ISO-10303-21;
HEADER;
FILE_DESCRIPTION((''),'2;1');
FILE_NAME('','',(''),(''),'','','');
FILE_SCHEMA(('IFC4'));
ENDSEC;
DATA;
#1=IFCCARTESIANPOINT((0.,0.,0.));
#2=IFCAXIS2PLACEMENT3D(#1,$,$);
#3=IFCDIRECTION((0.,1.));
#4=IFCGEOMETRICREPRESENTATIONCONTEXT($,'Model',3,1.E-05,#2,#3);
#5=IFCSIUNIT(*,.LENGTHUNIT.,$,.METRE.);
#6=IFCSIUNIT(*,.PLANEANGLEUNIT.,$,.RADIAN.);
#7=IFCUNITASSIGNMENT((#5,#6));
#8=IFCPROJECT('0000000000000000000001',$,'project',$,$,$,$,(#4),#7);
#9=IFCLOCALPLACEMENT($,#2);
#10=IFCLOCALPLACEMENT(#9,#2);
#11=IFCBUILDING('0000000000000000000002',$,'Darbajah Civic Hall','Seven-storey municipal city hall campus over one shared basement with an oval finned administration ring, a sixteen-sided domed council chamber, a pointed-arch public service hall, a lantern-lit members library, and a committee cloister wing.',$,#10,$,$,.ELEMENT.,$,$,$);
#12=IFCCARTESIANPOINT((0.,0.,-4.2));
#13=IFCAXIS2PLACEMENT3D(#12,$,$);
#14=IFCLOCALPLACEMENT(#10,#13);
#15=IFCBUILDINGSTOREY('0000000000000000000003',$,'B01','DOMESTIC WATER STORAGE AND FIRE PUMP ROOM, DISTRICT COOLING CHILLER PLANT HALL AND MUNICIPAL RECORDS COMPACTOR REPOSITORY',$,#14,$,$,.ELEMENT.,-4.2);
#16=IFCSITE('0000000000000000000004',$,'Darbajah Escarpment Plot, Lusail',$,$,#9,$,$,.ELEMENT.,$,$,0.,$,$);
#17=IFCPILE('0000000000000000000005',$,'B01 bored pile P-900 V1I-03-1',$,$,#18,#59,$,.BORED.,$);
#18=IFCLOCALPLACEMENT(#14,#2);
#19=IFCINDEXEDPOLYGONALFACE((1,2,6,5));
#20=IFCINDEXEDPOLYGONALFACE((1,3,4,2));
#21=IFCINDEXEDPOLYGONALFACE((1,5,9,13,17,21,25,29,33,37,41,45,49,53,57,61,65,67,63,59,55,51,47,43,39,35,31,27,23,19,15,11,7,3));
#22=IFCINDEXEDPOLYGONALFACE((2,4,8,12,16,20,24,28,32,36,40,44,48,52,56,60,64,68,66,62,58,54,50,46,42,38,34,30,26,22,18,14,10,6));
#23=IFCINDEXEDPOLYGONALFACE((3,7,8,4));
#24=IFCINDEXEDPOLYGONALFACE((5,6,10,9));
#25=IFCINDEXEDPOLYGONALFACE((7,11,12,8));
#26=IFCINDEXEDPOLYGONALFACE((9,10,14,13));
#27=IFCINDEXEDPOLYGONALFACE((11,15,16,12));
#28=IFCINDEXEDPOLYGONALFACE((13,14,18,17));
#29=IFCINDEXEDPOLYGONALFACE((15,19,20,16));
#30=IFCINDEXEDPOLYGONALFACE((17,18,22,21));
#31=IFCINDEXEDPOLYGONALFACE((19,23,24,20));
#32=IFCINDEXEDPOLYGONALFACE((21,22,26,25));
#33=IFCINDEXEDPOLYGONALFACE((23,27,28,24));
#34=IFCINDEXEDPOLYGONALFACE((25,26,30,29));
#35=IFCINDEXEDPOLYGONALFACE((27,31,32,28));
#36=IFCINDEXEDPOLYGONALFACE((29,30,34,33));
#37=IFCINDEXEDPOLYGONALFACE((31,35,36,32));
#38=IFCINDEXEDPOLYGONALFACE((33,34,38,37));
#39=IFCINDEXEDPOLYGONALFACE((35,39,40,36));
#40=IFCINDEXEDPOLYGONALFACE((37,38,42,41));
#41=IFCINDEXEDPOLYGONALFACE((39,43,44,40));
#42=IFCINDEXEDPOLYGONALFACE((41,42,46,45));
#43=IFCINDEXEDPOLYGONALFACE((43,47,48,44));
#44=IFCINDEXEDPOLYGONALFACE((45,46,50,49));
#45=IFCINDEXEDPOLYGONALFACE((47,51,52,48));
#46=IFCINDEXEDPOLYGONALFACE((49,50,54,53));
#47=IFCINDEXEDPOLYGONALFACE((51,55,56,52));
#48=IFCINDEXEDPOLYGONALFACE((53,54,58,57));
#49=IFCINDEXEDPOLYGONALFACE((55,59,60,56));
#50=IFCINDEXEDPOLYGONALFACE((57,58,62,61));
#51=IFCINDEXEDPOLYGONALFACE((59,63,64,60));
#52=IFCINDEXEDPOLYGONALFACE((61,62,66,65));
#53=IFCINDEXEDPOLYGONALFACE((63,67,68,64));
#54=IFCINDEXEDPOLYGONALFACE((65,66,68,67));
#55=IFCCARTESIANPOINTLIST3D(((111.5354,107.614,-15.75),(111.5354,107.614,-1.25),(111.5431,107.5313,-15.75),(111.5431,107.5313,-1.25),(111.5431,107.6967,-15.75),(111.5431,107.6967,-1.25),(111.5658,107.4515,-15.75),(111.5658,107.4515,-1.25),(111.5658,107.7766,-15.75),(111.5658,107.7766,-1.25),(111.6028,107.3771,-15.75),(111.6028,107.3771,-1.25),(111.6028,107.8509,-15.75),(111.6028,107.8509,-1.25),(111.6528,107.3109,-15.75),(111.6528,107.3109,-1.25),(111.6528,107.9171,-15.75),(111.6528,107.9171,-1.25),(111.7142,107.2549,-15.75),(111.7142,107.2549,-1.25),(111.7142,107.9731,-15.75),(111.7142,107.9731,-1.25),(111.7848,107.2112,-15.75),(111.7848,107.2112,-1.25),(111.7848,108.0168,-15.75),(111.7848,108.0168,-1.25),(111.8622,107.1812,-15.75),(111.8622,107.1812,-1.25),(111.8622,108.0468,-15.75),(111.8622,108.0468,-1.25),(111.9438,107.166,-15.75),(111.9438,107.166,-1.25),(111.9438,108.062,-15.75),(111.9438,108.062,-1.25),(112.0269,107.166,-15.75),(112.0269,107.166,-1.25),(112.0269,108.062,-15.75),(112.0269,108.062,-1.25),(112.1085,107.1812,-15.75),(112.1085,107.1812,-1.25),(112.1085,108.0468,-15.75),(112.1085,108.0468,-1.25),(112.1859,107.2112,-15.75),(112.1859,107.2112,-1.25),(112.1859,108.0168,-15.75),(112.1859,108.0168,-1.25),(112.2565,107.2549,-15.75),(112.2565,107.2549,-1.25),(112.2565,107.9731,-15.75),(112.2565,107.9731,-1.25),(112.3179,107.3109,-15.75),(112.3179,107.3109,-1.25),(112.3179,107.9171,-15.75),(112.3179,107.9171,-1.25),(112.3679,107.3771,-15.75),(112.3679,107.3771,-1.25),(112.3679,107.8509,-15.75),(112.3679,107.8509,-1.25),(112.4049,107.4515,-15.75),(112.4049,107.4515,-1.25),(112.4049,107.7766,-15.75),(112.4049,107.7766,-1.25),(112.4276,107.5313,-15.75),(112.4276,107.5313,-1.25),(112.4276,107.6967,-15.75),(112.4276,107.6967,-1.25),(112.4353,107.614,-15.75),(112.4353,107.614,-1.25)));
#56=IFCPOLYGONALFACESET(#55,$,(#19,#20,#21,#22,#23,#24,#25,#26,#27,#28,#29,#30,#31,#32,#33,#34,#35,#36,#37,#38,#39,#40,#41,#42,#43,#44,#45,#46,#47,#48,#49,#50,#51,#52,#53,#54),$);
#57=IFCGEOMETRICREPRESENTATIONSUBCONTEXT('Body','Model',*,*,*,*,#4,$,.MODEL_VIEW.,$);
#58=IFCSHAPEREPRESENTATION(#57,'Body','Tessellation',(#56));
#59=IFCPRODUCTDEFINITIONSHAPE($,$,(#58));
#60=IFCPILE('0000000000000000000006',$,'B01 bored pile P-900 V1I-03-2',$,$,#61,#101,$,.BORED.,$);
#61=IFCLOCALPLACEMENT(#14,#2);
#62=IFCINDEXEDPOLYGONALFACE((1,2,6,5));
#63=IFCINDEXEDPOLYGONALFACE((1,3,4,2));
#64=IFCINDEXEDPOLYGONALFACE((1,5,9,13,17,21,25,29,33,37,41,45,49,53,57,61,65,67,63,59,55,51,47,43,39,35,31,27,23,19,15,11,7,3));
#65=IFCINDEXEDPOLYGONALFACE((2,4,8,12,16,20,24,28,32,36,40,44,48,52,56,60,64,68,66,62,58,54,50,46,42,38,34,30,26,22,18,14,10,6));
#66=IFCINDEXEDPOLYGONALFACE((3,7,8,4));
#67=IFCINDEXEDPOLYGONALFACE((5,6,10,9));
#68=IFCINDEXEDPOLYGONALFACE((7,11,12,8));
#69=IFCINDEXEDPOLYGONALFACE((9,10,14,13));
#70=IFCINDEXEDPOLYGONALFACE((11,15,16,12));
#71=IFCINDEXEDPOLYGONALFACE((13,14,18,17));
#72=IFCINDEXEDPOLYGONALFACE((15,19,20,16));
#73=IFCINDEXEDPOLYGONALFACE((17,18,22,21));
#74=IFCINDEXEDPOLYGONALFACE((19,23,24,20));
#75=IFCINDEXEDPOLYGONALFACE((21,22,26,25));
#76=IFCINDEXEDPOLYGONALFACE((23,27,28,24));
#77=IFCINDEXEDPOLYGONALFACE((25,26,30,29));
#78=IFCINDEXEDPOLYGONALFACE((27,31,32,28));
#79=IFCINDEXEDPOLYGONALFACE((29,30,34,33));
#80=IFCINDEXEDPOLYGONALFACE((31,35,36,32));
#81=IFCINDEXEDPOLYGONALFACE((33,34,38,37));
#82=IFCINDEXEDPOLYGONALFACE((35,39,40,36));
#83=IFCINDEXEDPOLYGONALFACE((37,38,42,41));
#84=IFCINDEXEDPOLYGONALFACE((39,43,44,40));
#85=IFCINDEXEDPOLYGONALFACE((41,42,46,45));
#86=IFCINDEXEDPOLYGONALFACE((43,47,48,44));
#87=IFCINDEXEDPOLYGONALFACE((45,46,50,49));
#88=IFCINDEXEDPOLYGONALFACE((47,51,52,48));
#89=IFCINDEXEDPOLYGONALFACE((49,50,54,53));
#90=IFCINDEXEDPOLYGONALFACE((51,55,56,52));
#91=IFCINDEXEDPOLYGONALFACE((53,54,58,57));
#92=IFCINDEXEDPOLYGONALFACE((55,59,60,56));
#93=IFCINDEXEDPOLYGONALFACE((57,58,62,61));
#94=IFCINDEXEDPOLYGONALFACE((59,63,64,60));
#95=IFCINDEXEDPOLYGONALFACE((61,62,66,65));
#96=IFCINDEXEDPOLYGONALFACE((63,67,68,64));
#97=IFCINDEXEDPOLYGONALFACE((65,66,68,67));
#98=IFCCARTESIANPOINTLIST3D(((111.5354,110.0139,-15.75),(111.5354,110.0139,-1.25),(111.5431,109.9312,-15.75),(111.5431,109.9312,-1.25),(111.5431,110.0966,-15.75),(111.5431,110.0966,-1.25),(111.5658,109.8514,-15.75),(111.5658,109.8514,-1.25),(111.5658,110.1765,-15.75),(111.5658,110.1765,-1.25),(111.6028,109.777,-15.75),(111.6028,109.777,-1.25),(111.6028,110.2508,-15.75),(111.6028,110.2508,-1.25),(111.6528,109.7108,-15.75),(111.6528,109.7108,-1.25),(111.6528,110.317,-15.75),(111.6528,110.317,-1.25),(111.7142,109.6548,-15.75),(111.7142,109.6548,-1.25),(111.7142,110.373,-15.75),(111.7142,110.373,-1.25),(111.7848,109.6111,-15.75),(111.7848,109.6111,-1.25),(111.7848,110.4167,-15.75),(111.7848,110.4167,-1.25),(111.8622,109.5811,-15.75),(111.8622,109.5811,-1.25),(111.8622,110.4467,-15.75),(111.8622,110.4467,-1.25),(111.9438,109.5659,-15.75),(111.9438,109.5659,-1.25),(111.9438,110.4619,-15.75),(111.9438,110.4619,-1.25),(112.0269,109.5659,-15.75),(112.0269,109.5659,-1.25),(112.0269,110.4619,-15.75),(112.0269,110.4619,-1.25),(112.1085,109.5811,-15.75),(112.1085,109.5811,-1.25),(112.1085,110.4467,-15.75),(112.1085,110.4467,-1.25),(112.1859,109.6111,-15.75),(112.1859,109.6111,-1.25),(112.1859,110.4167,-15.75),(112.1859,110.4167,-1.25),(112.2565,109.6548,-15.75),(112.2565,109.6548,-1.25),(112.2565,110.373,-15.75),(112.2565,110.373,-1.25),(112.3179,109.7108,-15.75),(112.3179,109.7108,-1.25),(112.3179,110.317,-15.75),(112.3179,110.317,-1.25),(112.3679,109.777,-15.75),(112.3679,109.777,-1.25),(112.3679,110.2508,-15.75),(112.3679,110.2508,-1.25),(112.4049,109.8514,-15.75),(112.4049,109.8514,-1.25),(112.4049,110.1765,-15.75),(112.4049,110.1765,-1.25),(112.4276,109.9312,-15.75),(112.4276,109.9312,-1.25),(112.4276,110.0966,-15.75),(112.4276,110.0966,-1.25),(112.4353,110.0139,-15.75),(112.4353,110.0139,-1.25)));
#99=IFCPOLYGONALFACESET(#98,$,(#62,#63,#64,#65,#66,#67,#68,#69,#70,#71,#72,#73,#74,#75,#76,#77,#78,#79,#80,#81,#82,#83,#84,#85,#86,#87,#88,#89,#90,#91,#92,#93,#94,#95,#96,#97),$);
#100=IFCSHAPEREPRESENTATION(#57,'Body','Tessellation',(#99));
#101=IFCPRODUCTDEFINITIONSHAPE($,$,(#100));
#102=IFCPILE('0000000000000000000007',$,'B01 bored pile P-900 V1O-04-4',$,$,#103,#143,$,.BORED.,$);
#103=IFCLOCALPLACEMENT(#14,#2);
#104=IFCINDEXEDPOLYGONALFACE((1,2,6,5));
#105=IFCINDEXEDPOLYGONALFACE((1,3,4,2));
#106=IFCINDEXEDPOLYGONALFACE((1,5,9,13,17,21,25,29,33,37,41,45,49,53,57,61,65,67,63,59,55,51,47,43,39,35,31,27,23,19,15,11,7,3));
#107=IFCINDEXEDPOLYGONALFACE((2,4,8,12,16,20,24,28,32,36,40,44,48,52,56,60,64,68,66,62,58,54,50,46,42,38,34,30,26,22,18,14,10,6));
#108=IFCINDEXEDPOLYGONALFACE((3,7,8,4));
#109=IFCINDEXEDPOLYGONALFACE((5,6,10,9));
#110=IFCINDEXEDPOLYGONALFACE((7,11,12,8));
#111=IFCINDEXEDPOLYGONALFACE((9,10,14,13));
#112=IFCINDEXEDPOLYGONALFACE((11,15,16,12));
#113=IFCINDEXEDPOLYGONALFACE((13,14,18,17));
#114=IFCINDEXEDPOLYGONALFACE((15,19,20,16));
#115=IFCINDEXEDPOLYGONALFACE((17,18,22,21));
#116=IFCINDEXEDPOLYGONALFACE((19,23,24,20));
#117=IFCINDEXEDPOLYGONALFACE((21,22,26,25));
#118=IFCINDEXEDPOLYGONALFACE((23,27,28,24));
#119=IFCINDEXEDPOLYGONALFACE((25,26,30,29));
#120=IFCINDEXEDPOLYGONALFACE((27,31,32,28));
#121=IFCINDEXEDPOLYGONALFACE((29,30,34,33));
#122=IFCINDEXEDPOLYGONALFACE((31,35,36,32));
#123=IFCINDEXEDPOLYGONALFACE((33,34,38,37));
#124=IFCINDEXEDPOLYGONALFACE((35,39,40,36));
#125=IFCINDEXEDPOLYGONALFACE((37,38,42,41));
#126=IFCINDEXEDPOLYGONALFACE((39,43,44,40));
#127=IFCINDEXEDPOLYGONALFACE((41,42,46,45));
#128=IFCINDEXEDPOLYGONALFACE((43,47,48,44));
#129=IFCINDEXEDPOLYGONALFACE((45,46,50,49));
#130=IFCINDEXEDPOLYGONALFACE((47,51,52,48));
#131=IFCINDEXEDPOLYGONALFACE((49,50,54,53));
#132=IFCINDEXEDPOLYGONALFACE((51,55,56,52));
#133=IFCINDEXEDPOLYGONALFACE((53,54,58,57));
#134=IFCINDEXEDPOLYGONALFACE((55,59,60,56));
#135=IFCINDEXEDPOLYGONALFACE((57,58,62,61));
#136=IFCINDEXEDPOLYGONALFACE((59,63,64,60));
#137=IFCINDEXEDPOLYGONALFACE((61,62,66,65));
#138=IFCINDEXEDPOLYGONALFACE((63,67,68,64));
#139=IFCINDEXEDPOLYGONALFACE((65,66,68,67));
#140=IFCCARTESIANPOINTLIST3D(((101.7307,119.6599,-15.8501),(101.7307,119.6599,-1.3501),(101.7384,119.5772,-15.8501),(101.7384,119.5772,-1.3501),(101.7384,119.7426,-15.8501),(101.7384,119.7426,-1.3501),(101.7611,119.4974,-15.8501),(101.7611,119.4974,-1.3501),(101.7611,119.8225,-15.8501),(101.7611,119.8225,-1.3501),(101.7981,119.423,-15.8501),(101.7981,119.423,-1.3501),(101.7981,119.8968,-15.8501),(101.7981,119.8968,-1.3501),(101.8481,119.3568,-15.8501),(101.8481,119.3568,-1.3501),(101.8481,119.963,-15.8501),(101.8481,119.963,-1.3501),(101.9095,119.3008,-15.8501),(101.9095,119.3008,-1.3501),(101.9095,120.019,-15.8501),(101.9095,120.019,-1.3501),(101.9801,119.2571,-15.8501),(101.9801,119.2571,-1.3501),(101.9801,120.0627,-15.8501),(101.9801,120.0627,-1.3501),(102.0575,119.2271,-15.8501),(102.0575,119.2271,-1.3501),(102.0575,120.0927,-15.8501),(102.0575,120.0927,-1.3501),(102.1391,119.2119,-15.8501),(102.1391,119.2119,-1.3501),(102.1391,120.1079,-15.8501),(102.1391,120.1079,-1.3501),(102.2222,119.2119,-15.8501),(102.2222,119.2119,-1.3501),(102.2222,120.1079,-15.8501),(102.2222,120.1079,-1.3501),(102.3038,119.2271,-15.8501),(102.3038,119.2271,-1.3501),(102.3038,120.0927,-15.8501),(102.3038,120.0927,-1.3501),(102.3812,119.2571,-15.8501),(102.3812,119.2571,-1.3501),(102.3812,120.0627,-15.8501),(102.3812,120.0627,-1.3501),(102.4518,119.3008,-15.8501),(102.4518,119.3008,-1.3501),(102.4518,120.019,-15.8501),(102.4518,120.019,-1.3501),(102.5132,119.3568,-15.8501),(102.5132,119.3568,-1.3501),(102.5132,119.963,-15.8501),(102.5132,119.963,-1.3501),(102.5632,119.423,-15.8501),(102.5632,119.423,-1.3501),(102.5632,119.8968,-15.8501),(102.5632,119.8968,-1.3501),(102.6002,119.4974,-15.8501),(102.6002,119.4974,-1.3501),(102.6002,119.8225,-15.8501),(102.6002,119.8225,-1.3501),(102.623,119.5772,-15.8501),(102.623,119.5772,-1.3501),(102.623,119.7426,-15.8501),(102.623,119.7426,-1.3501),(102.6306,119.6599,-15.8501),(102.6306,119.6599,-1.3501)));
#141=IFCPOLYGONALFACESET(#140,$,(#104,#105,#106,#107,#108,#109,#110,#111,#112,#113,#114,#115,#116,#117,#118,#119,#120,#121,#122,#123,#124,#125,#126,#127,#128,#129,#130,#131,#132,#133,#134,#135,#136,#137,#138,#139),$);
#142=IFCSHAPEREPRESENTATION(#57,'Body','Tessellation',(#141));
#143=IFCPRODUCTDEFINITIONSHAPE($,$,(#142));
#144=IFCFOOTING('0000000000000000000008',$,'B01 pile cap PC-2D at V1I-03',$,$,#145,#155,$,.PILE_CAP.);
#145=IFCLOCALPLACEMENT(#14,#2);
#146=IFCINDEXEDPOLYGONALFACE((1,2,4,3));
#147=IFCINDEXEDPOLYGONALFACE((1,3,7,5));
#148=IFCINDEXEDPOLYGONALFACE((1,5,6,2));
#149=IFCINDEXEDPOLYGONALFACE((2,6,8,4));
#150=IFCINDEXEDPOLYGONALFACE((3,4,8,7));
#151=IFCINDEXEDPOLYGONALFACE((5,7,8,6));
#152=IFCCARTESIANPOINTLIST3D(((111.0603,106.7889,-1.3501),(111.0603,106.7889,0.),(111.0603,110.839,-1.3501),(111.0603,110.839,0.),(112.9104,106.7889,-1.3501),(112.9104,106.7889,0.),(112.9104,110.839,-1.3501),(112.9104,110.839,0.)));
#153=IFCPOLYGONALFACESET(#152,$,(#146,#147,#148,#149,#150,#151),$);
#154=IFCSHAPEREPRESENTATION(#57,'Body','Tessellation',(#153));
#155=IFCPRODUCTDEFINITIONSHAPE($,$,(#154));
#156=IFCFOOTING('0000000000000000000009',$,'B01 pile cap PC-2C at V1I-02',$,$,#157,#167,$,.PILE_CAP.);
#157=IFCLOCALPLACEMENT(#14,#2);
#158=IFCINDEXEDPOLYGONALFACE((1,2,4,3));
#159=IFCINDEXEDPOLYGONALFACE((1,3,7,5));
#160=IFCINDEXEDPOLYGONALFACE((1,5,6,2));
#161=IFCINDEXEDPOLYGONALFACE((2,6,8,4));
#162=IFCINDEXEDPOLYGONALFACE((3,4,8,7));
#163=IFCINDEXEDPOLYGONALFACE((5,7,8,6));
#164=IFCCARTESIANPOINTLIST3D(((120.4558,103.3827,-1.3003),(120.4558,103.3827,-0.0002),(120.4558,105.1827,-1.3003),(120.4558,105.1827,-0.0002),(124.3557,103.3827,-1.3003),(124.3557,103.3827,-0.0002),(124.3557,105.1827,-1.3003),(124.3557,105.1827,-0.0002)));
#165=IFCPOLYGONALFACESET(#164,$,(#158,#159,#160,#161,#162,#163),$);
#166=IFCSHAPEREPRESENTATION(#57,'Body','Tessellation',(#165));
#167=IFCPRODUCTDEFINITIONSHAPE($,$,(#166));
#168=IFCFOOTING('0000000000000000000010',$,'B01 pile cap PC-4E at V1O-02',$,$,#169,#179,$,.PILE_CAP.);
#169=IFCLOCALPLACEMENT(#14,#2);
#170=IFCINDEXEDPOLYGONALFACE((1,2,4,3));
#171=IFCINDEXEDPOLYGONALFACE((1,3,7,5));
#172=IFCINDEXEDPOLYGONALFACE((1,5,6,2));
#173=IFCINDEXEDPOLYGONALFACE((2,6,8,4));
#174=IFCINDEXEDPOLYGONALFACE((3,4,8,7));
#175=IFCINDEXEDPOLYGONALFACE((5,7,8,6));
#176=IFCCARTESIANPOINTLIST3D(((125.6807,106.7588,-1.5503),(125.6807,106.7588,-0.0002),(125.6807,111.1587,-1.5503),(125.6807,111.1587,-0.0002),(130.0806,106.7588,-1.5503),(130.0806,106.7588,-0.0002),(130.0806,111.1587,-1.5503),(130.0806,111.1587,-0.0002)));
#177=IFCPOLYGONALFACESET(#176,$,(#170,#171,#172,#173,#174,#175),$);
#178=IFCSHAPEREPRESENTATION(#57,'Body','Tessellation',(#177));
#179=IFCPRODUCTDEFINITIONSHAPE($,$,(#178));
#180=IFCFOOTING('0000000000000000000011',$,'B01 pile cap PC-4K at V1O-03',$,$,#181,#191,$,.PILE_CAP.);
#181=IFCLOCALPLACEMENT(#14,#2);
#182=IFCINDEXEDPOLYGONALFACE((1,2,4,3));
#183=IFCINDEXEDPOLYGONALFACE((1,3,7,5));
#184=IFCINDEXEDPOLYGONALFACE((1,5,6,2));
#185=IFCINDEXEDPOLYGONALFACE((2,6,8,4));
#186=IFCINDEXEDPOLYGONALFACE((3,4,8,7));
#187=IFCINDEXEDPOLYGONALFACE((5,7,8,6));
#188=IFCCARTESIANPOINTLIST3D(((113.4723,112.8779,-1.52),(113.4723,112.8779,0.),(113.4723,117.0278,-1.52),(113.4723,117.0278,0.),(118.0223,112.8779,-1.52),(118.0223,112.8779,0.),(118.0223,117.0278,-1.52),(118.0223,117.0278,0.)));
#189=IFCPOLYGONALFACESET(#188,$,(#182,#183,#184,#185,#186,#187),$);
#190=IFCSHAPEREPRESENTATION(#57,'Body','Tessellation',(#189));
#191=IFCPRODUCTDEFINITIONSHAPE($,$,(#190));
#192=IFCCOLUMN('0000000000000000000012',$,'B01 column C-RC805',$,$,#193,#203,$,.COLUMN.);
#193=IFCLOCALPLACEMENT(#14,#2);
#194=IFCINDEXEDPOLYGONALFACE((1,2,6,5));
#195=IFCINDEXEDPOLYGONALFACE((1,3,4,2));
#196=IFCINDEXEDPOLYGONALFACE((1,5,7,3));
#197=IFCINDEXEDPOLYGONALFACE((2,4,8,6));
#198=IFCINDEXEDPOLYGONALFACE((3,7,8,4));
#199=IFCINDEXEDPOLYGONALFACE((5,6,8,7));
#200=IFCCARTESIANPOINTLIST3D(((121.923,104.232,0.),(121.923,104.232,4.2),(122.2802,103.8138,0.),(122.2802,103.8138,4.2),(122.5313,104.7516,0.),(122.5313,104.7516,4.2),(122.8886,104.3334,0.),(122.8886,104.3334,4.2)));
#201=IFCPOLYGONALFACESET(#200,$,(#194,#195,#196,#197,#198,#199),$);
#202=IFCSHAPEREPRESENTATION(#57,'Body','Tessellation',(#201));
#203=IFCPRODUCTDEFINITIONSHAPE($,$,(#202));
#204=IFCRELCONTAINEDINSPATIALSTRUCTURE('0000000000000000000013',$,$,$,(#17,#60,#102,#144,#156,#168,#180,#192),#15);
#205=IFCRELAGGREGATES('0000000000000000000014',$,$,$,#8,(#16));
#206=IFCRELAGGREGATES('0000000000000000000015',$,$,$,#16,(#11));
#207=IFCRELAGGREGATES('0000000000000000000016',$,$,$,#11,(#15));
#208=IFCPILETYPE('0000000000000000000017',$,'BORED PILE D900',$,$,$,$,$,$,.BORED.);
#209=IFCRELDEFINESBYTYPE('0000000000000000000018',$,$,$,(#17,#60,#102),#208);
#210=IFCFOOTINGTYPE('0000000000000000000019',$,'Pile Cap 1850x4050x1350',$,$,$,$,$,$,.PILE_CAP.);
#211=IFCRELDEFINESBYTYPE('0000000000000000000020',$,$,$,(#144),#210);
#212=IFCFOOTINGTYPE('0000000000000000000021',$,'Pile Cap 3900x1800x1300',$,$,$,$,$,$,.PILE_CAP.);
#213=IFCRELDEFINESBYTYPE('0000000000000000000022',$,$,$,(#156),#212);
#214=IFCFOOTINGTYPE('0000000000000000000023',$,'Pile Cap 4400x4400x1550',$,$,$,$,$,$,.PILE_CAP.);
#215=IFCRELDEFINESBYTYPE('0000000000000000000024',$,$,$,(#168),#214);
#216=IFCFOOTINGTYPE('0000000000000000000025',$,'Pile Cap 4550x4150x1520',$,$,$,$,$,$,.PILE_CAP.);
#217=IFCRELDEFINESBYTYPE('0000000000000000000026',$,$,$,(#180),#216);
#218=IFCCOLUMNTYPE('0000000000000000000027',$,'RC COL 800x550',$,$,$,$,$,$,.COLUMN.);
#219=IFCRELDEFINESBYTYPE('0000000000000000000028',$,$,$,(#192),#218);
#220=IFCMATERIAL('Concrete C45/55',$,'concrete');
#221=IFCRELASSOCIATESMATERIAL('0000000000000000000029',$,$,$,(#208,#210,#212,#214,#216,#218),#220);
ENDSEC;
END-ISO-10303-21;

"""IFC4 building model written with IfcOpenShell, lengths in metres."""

from ifc_helpers import new_model, si_unit, direction, frame, origin, origin_2d, place, context, subcontext, project, spatial, rectangle, circle, extrude, material, material_profile, profile_set, type_object, element, save


model = new_model("IFC4")

# Units and contexts
model_context = context("Model", 3, precision=1e-05, world=origin(), true_north=direction((0.0, 1.0)))
body_context = subcontext(model_context, "Body", "Model", "MODEL_VIEW")
ifc_project = project(units=[si_unit("LENGTHUNIT", "METRE"), si_unit("PLANEANGLEUNIT", "RADIAN")], contexts=[model_context])

# Site, building, storey
site_placement = place(None, origin())
site = spatial("IfcSite", under=ifc_project, at=site_placement, Name="Darbajah Escarpment Plot, Lusail", CompositionType="ELEMENT", RefElevation=0.0)
building_placement = place(site_placement, origin())
building = spatial("IfcBuilding", under=site, at=building_placement, Name="Darbajah Civic Hall", Description="Seven-storey municipal city hall campus over one shared basement with an oval finned administration ring, a sixteen-sided domed council chamber, a pointed-arch public service hall, a lantern-lit members library, and a committee cloister wing.", CompositionType="ELEMENT")
storey_placement = place(building_placement, frame((0.0, 0.0, -4.2)))
storey = spatial("IfcBuildingStorey", under=building, at=storey_placement, Name="B01", Description="DOMESTIC WATER STORAGE AND FIRE PUMP ROOM, DISTRICT COOLING CHILLER PLANT HALL AND MUNICIPAL RECORDS COMPACTOR REPOSITORY", CompositionType="ELEMENT", Elevation=-4.2)

# Piles
ifc_material_1 = material(Name="Concrete C45/55", Category="concrete")
ifc_material_profile_1 = material_profile(ifc_material_1, circle(Radius=0.45, at=origin_2d()), Name="BORED PILE D900")
ifc_profile_set_1 = profile_set([ifc_material_profile_1], Name="Concrete C45/55")
pile_type_1 = type_object("IfcPileType", Name="BORED PILE D900", PredefinedType="BORED", material=ifc_profile_set_1)
for number, where, z_axis, x_axis, name in (
    (1, (111.9854, 107.614, -1.25), (0.0, 0.0, -1.0), (1.0, 0.0, 0.0), "B01 bored pile P-900 V1I-03-1"),
    (2, (111.9854, 110.0139, -1.25), (0.0, 0.0, -1.0), (1.0, 0.0, 0.0), "B01 bored pile P-900 V1I-03-2"),
    (3, (102.1807, 119.6599, -1.3501), (0.0, 0.0, -1.0), (1.0, 0.0, 0.0), "B01 bored pile P-900 V1O-04-4"),
):
    element("IfcPile", number, at=place(storey_placement, frame(where, z_axis=z_axis, x_axis=x_axis)), inside=storey, type_object=pile_type_1, Name=name, PredefinedType="BORED", context=body_context, shape_type="SweptSolid", body=[
        extrude(circle(Radius=0.45, at=origin_2d()), origin(), (0.0, 0.0, 1.0), 14.5),
    ])

# Footings
footing_type_1 = type_object("IfcFootingType", Name="Pile Cap 1850x4050x1350", PredefinedType="PILE_CAP", material=ifc_material_1)
footing_1_placement = place(storey_placement, frame((111.9854, 108.814, -1.3501), z_axis=(0.0, 0.0, 1.0), x_axis=(1.0, 0.0, 0.0)))
element("IfcFooting", 4, at=footing_1_placement, inside=storey, type_object=footing_type_1, Name="B01 pile cap PC-2D at V1I-03", PredefinedType="PILE_CAP", context=body_context, shape_type="SweptSolid", body=[
    extrude(rectangle(XDim=1.8501, YDim=4.05, at=origin_2d()), origin(), (0.0, 0.0, 1.0), 1.3501),
])
footing_type_2 = type_object("IfcFootingType", Name="Pile Cap 3900x1800x1300", PredefinedType="PILE_CAP", material=ifc_material_1)
footing_2_placement = place(storey_placement, frame((122.4058, 104.2827, -1.3003), z_axis=(0.0, 0.0, 1.0), x_axis=(1.0, 0.0, 0.0)))
element("IfcFooting", 5, at=footing_2_placement, inside=storey, type_object=footing_type_2, Name="B01 pile cap PC-2C at V1I-02", PredefinedType="PILE_CAP", context=body_context, shape_type="SweptSolid", body=[
    extrude(rectangle(XDim=3.8999, YDim=1.8, at=origin_2d()), origin(), (0.0, 0.0, 1.0), 1.3),
])
footing_type_3 = type_object("IfcFootingType", Name="Pile Cap 4400x4400x1550", PredefinedType="PILE_CAP", material=ifc_material_1)
footing_3_placement = place(storey_placement, frame((127.8806, 108.9587, -1.5503), z_axis=(0.0, 0.0, 1.0), x_axis=(1.0, 0.0, 0.0)))
element("IfcFooting", 6, at=footing_3_placement, inside=storey, type_object=footing_type_3, Name="B01 pile cap PC-4E at V1O-02", PredefinedType="PILE_CAP", context=body_context, shape_type="SweptSolid", body=[
    extrude(rectangle(XDim=4.3999, YDim=4.3999, at=origin_2d()), origin(), (0.0, 0.0, 1.0), 1.55),
])
footing_type_4 = type_object("IfcFootingType", Name="Pile Cap 4550x4150x1520", PredefinedType="PILE_CAP", material=ifc_material_1)
footing_4_placement = place(storey_placement, frame((115.7473, 114.9529, -1.52), z_axis=(0.0, 0.0, 1.0), x_axis=(1.0, 0.0, 0.0)))
element("IfcFooting", 7, at=footing_4_placement, inside=storey, type_object=footing_type_4, Name="B01 pile cap PC-4K at V1O-03", PredefinedType="PILE_CAP", context=body_context, shape_type="SweptSolid", body=[
    extrude(rectangle(XDim=4.55, YDim=4.1499, at=origin_2d()), origin(), (0.0, 0.0, 1.0), 1.52),
])

# Column
ifc_material_profile_2 = material_profile(ifc_material_1, rectangle(XDim=0.8, YDim=0.55, at=origin_2d()), Name="RC COL 800x550")
ifc_profile_set_2 = profile_set([ifc_material_profile_2], Name="Concrete C45/55")
column_type_1 = type_object("IfcColumnType", Name="RC COL 800x550", PredefinedType="COLUMN", material=ifc_profile_set_2)
for number, where, z_axis, x_axis, name in (
    (8, (122.4058, 104.2827, 0.0), (0.0, 0.0, 1.0), (0.760406, 0.649448, 0.0), "B01 column C-RC805"),
):
    element("IfcColumn", number, at=place(storey_placement, frame(where, z_axis=z_axis, x_axis=x_axis)), inside=storey, type_object=column_type_1, Name=name, PredefinedType="COLUMN", context=body_context, shape_type="SweptSolid", body=[
        extrude(rectangle(XDim=0.8, YDim=0.55, at=origin_2d()), origin(), (0.0, 0.0, 1.0), 4.2),
    ])

save(model, "model.ifc")
